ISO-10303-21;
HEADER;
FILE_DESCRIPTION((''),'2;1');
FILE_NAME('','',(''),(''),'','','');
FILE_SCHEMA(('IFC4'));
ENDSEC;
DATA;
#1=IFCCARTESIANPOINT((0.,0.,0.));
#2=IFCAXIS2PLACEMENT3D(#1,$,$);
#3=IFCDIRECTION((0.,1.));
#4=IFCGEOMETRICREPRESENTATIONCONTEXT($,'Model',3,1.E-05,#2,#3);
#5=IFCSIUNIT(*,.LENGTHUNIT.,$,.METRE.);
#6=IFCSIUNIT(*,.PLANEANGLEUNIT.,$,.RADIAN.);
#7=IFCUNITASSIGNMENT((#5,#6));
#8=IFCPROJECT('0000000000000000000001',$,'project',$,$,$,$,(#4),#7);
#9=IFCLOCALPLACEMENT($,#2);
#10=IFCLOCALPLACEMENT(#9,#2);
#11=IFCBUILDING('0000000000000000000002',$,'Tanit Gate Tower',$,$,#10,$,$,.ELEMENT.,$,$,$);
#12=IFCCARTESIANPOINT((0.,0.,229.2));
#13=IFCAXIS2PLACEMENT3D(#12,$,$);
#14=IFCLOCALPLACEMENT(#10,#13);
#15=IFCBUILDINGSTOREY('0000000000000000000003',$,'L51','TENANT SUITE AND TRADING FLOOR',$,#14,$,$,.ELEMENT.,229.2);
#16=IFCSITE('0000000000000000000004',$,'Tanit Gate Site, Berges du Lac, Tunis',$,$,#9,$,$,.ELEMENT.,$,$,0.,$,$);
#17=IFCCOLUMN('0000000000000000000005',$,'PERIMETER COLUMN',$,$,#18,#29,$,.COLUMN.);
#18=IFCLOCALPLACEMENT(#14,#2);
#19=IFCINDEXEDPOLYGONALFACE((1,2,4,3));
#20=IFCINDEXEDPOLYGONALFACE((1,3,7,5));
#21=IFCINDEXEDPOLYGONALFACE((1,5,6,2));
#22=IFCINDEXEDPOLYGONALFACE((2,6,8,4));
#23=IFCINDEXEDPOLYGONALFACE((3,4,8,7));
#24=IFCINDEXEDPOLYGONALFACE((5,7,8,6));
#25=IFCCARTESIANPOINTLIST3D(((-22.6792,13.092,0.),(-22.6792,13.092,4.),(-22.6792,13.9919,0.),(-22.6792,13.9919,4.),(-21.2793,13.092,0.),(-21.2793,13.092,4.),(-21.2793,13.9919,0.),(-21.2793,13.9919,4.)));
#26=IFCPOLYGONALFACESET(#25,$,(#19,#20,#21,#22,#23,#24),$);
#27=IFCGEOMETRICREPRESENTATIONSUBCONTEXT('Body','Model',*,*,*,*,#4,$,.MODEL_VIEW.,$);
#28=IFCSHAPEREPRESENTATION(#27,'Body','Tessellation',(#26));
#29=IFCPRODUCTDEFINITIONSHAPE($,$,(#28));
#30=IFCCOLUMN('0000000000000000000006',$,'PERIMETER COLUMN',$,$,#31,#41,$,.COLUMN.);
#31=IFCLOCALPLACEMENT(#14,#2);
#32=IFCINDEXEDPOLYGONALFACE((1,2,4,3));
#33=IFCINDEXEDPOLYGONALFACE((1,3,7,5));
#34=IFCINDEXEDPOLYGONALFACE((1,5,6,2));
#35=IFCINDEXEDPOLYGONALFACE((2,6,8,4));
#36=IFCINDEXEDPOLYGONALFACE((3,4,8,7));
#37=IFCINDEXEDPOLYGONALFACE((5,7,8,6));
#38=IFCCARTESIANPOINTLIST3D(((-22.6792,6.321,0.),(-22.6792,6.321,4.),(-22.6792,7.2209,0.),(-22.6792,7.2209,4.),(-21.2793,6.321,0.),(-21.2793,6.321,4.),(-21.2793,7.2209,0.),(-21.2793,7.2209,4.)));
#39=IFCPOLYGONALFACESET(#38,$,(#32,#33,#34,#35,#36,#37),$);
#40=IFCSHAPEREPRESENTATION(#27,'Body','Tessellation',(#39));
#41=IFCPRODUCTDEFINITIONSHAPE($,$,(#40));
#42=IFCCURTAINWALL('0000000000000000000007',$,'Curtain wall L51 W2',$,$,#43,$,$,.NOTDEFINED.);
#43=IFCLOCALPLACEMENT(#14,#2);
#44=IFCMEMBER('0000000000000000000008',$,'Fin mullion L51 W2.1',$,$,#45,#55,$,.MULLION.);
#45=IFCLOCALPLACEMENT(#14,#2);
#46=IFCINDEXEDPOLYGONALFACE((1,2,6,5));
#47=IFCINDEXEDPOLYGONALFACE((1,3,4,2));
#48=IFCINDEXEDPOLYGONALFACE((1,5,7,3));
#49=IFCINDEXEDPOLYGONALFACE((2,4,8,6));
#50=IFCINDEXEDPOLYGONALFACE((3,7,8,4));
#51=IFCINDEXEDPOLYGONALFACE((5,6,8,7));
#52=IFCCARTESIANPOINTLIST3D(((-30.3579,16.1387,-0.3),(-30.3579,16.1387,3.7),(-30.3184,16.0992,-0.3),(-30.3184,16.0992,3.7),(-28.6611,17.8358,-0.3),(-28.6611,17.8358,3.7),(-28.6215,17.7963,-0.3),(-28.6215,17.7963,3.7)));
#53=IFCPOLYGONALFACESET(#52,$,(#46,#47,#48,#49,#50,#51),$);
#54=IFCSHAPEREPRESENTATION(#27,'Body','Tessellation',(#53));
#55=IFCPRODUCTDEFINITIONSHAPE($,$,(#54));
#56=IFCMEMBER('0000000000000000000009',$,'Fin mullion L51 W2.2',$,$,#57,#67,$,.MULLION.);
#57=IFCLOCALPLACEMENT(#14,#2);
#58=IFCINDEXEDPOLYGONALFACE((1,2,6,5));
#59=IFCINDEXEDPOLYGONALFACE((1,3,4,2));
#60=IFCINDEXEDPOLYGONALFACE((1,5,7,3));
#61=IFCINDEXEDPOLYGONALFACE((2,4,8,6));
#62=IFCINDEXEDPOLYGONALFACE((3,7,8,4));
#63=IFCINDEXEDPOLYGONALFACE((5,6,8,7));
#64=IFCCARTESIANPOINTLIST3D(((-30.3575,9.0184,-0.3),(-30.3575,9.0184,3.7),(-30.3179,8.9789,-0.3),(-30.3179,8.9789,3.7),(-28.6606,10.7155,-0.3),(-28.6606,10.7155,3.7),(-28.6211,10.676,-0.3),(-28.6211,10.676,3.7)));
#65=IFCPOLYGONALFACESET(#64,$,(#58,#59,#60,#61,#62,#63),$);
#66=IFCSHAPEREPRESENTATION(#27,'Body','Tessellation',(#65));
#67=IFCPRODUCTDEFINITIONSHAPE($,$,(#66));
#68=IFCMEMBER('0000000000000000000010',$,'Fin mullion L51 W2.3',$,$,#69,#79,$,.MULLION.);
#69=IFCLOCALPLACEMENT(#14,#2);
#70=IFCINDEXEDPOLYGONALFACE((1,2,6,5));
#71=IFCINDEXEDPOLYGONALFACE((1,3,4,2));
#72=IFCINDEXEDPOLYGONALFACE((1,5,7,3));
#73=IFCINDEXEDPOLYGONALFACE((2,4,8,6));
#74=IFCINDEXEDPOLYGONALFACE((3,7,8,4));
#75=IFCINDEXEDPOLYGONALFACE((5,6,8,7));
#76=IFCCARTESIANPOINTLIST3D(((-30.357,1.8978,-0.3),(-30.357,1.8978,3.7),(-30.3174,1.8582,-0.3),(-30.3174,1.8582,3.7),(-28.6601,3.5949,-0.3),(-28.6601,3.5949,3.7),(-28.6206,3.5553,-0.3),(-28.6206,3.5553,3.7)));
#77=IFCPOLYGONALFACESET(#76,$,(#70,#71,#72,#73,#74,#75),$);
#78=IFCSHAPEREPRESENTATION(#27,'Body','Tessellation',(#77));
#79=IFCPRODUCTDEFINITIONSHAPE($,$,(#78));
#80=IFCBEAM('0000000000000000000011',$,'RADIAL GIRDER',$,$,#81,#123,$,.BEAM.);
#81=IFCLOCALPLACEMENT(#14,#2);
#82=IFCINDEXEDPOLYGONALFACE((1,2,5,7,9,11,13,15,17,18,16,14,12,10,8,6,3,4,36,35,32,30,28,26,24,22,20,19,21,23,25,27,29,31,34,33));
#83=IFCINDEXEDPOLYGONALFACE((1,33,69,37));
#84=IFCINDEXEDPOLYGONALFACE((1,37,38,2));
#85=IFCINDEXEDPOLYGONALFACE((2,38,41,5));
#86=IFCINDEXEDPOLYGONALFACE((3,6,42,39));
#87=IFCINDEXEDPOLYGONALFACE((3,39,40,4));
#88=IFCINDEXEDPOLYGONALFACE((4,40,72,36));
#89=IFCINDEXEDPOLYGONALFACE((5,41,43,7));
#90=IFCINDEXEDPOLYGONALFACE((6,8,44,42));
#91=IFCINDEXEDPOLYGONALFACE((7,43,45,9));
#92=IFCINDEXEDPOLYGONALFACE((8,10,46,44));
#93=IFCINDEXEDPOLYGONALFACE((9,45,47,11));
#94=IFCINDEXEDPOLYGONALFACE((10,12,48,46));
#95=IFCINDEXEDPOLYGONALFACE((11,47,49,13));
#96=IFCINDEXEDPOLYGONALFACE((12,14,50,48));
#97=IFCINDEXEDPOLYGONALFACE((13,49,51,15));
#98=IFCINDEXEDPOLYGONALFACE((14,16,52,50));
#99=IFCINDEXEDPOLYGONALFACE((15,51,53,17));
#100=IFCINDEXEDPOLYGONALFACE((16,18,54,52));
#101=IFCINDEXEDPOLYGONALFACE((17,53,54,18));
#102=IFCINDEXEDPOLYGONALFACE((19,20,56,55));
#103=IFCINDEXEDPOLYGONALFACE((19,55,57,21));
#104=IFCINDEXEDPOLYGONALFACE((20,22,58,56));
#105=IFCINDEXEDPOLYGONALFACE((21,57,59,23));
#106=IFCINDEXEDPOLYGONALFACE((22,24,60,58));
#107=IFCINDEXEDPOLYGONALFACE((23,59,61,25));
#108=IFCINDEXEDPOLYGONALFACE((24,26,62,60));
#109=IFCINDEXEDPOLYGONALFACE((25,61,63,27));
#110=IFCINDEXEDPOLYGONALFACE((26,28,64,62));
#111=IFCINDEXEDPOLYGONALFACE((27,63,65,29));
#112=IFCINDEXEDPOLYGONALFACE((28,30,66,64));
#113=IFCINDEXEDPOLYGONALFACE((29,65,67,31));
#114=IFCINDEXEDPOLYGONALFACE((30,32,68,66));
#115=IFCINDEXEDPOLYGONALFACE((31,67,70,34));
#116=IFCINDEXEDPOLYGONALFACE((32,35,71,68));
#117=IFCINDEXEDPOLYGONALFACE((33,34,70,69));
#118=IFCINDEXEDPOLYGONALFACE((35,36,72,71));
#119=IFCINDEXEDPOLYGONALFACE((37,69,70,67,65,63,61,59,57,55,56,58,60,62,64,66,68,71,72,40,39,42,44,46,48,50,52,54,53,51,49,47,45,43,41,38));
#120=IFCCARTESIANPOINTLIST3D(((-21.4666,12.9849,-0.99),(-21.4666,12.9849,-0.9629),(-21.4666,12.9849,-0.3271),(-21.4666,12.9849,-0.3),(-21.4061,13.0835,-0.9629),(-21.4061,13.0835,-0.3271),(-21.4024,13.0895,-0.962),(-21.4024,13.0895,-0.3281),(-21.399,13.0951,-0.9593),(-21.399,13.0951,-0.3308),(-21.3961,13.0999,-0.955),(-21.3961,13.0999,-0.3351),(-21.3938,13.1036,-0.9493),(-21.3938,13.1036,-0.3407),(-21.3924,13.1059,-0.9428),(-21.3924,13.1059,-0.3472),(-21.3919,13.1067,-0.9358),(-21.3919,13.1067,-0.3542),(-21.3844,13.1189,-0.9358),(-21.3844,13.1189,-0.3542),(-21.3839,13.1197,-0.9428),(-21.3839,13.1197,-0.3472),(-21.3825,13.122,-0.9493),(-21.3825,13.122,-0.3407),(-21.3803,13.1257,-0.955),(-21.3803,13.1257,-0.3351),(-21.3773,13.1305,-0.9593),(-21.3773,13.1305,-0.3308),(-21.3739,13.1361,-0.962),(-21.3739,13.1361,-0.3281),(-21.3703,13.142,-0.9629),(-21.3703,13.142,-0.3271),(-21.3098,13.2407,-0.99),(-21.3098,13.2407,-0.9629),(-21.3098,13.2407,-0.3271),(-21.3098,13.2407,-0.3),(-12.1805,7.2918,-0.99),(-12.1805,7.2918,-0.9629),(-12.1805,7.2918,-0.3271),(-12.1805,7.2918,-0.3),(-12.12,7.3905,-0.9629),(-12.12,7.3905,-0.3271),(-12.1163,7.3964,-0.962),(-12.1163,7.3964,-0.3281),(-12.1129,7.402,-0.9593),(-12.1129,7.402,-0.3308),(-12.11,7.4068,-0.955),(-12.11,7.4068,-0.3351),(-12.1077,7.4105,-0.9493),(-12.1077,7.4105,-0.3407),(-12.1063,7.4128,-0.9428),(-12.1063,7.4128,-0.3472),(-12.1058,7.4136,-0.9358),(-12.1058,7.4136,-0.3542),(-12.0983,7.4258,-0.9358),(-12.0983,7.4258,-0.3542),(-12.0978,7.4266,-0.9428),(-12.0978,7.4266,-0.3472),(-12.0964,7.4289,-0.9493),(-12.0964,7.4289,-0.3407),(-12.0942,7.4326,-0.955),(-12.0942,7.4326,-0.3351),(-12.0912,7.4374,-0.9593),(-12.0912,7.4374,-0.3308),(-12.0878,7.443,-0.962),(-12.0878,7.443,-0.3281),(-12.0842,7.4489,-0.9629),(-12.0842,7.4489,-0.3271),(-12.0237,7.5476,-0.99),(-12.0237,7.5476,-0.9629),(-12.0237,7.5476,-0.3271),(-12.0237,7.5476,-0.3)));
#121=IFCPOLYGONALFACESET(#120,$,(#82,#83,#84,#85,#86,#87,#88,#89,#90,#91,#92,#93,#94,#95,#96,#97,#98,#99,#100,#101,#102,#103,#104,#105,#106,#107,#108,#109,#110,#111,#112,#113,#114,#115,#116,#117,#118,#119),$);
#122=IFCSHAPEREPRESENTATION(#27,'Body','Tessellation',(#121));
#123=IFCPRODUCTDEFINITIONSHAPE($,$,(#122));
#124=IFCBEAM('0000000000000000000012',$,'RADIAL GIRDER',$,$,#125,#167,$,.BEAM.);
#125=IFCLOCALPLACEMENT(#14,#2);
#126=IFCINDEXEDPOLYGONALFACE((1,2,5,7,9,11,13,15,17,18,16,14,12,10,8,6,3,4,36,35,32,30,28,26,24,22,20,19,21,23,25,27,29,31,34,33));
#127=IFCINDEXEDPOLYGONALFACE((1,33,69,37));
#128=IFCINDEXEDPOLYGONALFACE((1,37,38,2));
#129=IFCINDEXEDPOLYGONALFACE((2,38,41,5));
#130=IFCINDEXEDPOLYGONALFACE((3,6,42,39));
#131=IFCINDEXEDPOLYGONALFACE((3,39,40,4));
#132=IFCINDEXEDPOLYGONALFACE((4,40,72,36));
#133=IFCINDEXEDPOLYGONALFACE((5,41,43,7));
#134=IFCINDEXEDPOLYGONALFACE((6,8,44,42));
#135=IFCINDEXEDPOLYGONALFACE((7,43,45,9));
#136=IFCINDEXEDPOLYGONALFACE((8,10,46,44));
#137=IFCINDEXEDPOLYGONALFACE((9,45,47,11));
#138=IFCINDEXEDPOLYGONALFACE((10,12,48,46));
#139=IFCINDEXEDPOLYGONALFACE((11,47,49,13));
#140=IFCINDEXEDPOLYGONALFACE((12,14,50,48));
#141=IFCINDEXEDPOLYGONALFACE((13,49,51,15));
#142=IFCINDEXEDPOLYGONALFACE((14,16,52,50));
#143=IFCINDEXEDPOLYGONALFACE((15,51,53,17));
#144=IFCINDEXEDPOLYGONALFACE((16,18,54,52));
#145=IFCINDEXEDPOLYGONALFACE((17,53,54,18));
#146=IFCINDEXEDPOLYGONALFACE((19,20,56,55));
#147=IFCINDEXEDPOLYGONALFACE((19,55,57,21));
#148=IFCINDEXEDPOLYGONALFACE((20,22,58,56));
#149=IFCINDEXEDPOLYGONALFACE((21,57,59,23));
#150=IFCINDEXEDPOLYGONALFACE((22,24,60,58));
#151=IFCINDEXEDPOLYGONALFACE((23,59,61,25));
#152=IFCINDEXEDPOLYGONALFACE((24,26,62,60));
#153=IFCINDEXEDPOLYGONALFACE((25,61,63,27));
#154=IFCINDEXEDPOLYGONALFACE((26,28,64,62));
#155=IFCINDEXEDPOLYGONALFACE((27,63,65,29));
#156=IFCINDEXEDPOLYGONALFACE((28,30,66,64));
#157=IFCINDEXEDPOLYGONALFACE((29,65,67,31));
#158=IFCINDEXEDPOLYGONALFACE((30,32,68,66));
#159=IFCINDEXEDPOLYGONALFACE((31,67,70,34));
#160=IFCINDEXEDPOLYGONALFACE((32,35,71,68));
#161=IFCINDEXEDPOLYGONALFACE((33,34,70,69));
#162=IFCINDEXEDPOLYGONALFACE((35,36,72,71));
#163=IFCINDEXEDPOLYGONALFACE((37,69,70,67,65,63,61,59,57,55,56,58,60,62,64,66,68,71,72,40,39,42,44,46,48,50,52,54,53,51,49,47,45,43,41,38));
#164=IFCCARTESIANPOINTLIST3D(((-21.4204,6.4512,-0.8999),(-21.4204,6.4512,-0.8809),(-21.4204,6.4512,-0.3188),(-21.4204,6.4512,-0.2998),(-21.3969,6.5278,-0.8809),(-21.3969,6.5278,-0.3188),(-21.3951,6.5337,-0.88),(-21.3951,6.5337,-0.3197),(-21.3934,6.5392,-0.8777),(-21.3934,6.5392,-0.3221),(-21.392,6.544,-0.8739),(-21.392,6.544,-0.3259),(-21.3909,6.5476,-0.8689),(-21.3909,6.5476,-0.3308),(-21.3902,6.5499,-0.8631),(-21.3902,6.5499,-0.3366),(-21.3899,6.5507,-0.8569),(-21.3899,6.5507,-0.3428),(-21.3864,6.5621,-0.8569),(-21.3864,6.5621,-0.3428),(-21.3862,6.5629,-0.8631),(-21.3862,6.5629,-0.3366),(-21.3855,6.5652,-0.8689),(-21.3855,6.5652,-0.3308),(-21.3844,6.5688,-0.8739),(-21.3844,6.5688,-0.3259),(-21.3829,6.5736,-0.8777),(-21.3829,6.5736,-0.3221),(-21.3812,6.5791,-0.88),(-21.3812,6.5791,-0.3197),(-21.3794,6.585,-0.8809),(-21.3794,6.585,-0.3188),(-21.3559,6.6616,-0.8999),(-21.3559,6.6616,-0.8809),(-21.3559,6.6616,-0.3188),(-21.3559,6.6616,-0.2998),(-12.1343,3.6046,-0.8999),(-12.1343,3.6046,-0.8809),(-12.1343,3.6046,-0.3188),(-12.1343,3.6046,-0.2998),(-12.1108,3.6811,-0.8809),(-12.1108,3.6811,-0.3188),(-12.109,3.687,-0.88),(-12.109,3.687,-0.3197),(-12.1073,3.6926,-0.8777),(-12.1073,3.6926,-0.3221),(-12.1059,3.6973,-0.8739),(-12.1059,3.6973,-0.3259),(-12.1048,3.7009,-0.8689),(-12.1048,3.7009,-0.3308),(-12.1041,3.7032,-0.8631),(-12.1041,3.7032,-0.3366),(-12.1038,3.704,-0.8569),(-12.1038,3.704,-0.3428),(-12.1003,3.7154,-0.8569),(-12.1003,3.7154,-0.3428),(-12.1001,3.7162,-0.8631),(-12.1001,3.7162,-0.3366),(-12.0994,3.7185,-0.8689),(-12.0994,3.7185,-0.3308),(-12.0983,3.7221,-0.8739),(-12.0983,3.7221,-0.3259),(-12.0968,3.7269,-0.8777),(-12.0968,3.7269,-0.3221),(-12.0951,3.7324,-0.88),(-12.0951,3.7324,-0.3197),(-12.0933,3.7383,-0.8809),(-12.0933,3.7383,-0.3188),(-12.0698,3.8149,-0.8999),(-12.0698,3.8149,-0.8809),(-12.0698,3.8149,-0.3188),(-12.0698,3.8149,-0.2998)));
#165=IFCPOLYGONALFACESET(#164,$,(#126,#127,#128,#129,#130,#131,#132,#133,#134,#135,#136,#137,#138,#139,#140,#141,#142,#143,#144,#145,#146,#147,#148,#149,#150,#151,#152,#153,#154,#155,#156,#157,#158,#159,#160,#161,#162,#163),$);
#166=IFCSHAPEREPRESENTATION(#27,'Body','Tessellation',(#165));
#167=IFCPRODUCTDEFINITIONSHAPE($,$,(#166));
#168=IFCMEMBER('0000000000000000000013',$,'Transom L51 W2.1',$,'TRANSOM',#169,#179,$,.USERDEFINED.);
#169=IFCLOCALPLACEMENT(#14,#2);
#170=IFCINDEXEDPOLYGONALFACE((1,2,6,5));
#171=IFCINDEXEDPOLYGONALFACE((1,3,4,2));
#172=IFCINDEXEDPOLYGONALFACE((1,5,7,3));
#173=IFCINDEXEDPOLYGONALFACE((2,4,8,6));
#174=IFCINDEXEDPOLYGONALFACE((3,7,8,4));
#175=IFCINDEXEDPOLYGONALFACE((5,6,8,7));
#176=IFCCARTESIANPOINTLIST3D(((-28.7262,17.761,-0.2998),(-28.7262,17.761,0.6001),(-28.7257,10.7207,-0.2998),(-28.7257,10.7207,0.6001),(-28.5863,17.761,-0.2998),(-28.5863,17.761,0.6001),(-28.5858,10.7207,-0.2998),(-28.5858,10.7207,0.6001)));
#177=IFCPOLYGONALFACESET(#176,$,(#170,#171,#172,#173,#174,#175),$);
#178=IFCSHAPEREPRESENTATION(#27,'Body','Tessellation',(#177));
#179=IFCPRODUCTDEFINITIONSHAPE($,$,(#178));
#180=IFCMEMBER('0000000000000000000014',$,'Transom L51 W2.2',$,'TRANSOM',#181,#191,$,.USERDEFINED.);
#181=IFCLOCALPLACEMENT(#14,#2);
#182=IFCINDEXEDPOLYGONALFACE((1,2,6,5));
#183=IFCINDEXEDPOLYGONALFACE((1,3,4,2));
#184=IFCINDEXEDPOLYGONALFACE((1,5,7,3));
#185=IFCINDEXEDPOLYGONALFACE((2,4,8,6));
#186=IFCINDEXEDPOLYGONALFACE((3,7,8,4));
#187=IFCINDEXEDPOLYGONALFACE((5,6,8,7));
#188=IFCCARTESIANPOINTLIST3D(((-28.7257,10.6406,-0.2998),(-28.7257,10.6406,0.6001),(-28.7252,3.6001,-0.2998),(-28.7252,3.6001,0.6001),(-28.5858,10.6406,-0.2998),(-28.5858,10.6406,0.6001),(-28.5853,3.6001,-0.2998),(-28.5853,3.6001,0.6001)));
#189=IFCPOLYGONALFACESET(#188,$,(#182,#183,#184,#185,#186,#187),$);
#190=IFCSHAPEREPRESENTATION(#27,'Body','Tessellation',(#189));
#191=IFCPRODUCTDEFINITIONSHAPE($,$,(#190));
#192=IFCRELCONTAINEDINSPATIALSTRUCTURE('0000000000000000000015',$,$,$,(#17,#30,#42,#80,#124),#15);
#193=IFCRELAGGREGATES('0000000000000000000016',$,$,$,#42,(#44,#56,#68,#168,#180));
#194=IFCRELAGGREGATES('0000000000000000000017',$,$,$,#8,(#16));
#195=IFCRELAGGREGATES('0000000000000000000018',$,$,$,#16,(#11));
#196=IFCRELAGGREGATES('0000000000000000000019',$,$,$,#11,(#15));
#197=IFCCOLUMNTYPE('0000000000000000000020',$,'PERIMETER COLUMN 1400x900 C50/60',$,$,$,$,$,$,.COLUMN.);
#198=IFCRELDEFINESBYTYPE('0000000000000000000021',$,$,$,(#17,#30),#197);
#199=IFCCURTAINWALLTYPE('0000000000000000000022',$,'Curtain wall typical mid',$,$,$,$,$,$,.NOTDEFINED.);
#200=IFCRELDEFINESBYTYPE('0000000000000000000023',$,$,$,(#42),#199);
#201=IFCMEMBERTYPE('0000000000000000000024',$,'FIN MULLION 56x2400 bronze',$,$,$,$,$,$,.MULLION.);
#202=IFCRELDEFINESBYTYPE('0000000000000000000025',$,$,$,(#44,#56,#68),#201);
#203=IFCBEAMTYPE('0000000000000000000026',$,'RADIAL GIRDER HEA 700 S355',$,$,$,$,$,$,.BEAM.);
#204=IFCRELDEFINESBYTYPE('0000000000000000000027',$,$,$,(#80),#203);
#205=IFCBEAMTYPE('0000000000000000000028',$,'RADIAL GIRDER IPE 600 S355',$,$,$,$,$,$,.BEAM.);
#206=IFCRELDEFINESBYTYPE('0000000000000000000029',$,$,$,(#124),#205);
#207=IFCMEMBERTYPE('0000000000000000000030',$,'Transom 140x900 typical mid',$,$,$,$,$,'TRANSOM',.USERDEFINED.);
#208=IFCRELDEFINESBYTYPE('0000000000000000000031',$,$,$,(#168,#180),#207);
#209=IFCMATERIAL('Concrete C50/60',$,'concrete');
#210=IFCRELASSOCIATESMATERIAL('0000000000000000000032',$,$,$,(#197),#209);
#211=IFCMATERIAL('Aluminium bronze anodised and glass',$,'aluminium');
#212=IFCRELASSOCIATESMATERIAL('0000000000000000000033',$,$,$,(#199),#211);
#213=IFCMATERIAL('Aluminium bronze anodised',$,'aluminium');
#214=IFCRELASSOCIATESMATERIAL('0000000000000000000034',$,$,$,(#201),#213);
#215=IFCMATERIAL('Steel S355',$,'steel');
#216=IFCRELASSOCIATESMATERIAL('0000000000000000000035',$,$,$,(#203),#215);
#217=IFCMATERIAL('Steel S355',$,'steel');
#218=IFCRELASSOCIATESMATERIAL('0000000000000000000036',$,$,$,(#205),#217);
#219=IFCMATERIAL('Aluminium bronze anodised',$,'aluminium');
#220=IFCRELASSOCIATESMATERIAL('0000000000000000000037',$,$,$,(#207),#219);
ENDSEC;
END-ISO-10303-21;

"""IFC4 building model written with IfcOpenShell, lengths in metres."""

from ifc_helpers import new_model, si_unit, direction, frame, origin, origin_2d, place, context, subcontext, project, spatial, rectangle, i_section, extrude, material, material_profile, profile_set, type_object, element, aggregate, save


model = new_model("IFC4")

# Units and contexts
model_context = context("Model", 3, precision=1e-05, world=origin(), true_north=direction((0.0, 1.0)))
body_context = subcontext(model_context, "Body", "Model", "MODEL_VIEW")
ifc_project = project(units=[si_unit("LENGTHUNIT", "METRE"), si_unit("PLANEANGLEUNIT", "RADIAN")], contexts=[model_context])

# Site, building, storey
site_placement = place(None, origin())
site = spatial("IfcSite", under=ifc_project, at=site_placement, Name="Tanit Gate Site, Berges du Lac, Tunis", CompositionType="ELEMENT", RefElevation=0.0)
building_placement = place(site_placement, origin())
building = spatial("IfcBuilding", under=site, at=building_placement, Name="Tanit Gate Tower", CompositionType="ELEMENT")
storey_placement = place(building_placement, frame((0.0, 0.0, 229.2)))
storey = spatial("IfcBuildingStorey", under=building, at=storey_placement, Name="L51", Description="TENANT SUITE AND TRADING FLOOR", CompositionType="ELEMENT", Elevation=229.2)

# Columns
ifc_material_1 = material(Name="Concrete C50/60", Category="concrete")
ifc_material_profile_1 = material_profile(ifc_material_1, rectangle(XDim=1.3999, YDim=0.8999, at=origin_2d()), Name="RC 1400x900")
ifc_profile_set_1 = profile_set([ifc_material_profile_1], Name="Concrete C50/60")
column_type = type_object("IfcColumnType", Name="PERIMETER COLUMN 1400x900 C50/60", PredefinedType="COLUMN", material=ifc_profile_set_1)
for number, where, z_axis, x_axis, name in (
    (1, (-21.9792, 13.542, 0.0), (0.0, 0.0, 1.0), (-1.0, 0.0, 0.0), "PERIMETER COLUMN"),
    (2, (-21.9792, 6.771, 0.0), (0.0, 0.0, 1.0), (-1.0, 0.0, 0.0), "PERIMETER COLUMN"),
):
    element("IfcColumn", number, at=place(storey_placement, frame(where, z_axis=z_axis, x_axis=x_axis)), inside=storey, type_object=column_type, Name=name, PredefinedType="COLUMN", context=body_context, shape_type="SweptSolid", body=[
        extrude(rectangle(XDim=1.3999, YDim=0.8999, at=origin_2d()), origin(), (0.0, 0.0, 1.0), 4.0),
    ])

# Curtain wall, members
ifc_material_2 = material(Name="Aluminium bronze anodised and glass", Category="aluminium")
curtain_wall_type = type_object("IfcCurtainWallType", Name="Curtain wall typical mid", PredefinedType="NOTDEFINED", material=ifc_material_2)
curtain_wall_placement = place(storey_placement, origin())
curtain_wall = element("IfcCurtainWall", 3, at=curtain_wall_placement, inside=storey, type_object=curtain_wall_type, Name="Curtain wall L51 W2", PredefinedType="NOTDEFINED")
ifc_material_3 = material(Name="Aluminium bronze anodised", Category="aluminium")
ifc_material_profile_2 = material_profile(ifc_material_3, rectangle(XDim=2.3999, YDim=0.0559, at=origin_2d()), Name="56x2400 bronze fin mullion")
ifc_profile_set_2 = profile_set([ifc_material_profile_2], Name="Aluminium bronze anodised")
member_type_1 = type_object("IfcMemberType", Name="FIN MULLION 56x2400 bronze", PredefinedType="MULLION", material=ifc_profile_set_2)
member_1_placement = place(storey_placement, frame((-29.4897, 16.9675, -0.3), z_axis=(0.0, 0.0, 1.0), x_axis=(0.707058, 0.707156, 0.0)))
member_1 = element("IfcMember", 4, at=member_1_placement, type_object=member_type_1, Name="Fin mullion L51 W2.1", PredefinedType="MULLION", context=body_context, shape_type="SweptSolid", body=[
    extrude(rectangle(XDim=2.3999, YDim=0.0559, at=origin_2d()), origin(), (0.0, 0.0, 1.0), 4.0),
])
member_2_placement = place(storey_placement, frame((-29.4893, 9.8472, -0.3), z_axis=(0.0, 0.0, 1.0), x_axis=(0.707058, 0.707156, 0.0)))
member_2 = element("IfcMember", 5, at=member_2_placement, type_object=member_type_1, Name="Fin mullion L51 W2.2", PredefinedType="MULLION", context=body_context, shape_type="SweptSolid", body=[
    extrude(rectangle(XDim=2.3999, YDim=0.0559, at=origin_2d()), origin(), (0.0, 0.0, 1.0), 4.0),
])
member_3_placement = place(storey_placement, frame((-29.4888, 2.7266, -0.3), z_axis=(0.0, 0.0, 1.0), x_axis=(0.707058, 0.707156, 0.0)))
member_3 = element("IfcMember", 6, at=member_3_placement, type_object=member_type_1, Name="Fin mullion L51 W2.3", PredefinedType="MULLION", context=body_context, shape_type="SweptSolid", body=[
    extrude(rectangle(XDim=2.3999, YDim=0.0559, at=origin_2d()), origin(), (0.0, 0.0, 1.0), 4.0),
])

# Beams
ifc_material_4 = material(Name="Steel S355", Category="steel")
ifc_material_profile_3 = material_profile(ifc_material_4, i_section(OverallWidth=0.3, OverallDepth=0.6899, WebThickness=0.0144, FlangeThickness=0.0271, FilletRadius=0.0271, at=origin_2d()), Name="HEA 700")
ifc_profile_set_3 = profile_set([ifc_material_profile_3], Name="Steel S355")
beam_type_1 = type_object("IfcBeamType", Name="RADIAL GIRDER HEA 700 S355", PredefinedType="BEAM", material=ifc_profile_set_3)
beam_1_placement = place(storey_placement, frame((-21.3882, 13.1128, -0.645), z_axis=(0.852535, -0.52267, 0.0), x_axis=(0.52267, 0.852535, 0.0)))
element("IfcBeam", 7, at=beam_1_placement, inside=storey, type_object=beam_type_1, Name="RADIAL GIRDER", PredefinedType="BEAM", context=body_context, shape_type="SweptSolid", body=[
    extrude(i_section(OverallWidth=0.3, OverallDepth=0.6899, WebThickness=0.0144, FlangeThickness=0.0271, FilletRadius=0.0271, at=origin_2d()), origin(), (0.0, 0.0, 1.0), 10.8923),
])
ifc_material_5 = material(Name="Steel S355", Category="steel")
ifc_material_profile_4 = material_profile(ifc_material_5, i_section(OverallWidth=0.22, OverallDepth=0.6001, WebThickness=0.012, FlangeThickness=0.019, FilletRadius=0.0239, at=origin_2d()), Name="IPE 600")
ifc_profile_set_4 = profile_set([ifc_material_profile_4], Name="Steel S355")
beam_type_2 = type_object("IfcBeamType", Name="RADIAL GIRDER IPE 600 S355", PredefinedType="BEAM", material=ifc_profile_set_4)
beam_2_placement = place(storey_placement, frame((-21.3882, 6.5564, -0.5999), z_axis=(0.956085, -0.293089, 0.0), x_axis=(0.293089, 0.956085, 0.0)))
element("IfcBeam", 8, at=beam_2_placement, inside=storey, type_object=beam_type_2, Name="RADIAL GIRDER", PredefinedType="BEAM", context=body_context, shape_type="SweptSolid", body=[
    extrude(i_section(OverallWidth=0.22, OverallDepth=0.6001, WebThickness=0.012, FlangeThickness=0.019, FilletRadius=0.0239, at=origin_2d()), origin(), (0.0, 0.0, 1.0), 9.7126),
])

# Members
ifc_material_6 = material(Name="Aluminium bronze anodised", Category="aluminium")
ifc_material_profile_5 = material_profile(ifc_material_6, rectangle(XDim=0.1399, YDim=0.8999, at=origin_2d()), Name="140x900 bronze transom")
ifc_profile_set_5 = profile_set([ifc_material_profile_5], Name="Aluminium bronze anodised")
member_type_2 = type_object("IfcMemberType", Name="Transom 140x900 typical mid", ElementType="TRANSOM", PredefinedType="USERDEFINED", material=ifc_profile_set_5)
member_4_placement = place(storey_placement, frame((-28.6562, 17.761, 0.1501), z_axis=(0.000069, -1.0, 0.0), x_axis=(1.0, 0.000069, 0.0)))
member_4 = element("IfcMember", 9, at=member_4_placement, type_object=member_type_2, Name="Transom L51 W2.1", ObjectType="TRANSOM", PredefinedType="USERDEFINED", context=body_context, shape_type="SweptSolid", body=[
    extrude(rectangle(XDim=0.1399, YDim=0.8999, at=origin_2d()), origin(), (0.0, 0.0, 1.0), 7.0403),
])
member_5_placement = place(storey_placement, frame((-28.6558, 10.6406, 0.1501), z_axis=(0.000069, -1.0, 0.0), x_axis=(1.0, 0.000069, 0.0)))
member_5 = element("IfcMember", 10, at=member_5_placement, type_object=member_type_2, Name="Transom L51 W2.2", ObjectType="TRANSOM", PredefinedType="USERDEFINED", context=body_context, shape_type="SweptSolid", body=[
    extrude(rectangle(XDim=0.1399, YDim=0.8999, at=origin_2d()), origin(), (0.0, 0.0, 1.0), 7.0405),
])

aggregate(curtain_wall, [member_1, member_2, member_3, member_4, member_5])

save(model, "model.ifc")
